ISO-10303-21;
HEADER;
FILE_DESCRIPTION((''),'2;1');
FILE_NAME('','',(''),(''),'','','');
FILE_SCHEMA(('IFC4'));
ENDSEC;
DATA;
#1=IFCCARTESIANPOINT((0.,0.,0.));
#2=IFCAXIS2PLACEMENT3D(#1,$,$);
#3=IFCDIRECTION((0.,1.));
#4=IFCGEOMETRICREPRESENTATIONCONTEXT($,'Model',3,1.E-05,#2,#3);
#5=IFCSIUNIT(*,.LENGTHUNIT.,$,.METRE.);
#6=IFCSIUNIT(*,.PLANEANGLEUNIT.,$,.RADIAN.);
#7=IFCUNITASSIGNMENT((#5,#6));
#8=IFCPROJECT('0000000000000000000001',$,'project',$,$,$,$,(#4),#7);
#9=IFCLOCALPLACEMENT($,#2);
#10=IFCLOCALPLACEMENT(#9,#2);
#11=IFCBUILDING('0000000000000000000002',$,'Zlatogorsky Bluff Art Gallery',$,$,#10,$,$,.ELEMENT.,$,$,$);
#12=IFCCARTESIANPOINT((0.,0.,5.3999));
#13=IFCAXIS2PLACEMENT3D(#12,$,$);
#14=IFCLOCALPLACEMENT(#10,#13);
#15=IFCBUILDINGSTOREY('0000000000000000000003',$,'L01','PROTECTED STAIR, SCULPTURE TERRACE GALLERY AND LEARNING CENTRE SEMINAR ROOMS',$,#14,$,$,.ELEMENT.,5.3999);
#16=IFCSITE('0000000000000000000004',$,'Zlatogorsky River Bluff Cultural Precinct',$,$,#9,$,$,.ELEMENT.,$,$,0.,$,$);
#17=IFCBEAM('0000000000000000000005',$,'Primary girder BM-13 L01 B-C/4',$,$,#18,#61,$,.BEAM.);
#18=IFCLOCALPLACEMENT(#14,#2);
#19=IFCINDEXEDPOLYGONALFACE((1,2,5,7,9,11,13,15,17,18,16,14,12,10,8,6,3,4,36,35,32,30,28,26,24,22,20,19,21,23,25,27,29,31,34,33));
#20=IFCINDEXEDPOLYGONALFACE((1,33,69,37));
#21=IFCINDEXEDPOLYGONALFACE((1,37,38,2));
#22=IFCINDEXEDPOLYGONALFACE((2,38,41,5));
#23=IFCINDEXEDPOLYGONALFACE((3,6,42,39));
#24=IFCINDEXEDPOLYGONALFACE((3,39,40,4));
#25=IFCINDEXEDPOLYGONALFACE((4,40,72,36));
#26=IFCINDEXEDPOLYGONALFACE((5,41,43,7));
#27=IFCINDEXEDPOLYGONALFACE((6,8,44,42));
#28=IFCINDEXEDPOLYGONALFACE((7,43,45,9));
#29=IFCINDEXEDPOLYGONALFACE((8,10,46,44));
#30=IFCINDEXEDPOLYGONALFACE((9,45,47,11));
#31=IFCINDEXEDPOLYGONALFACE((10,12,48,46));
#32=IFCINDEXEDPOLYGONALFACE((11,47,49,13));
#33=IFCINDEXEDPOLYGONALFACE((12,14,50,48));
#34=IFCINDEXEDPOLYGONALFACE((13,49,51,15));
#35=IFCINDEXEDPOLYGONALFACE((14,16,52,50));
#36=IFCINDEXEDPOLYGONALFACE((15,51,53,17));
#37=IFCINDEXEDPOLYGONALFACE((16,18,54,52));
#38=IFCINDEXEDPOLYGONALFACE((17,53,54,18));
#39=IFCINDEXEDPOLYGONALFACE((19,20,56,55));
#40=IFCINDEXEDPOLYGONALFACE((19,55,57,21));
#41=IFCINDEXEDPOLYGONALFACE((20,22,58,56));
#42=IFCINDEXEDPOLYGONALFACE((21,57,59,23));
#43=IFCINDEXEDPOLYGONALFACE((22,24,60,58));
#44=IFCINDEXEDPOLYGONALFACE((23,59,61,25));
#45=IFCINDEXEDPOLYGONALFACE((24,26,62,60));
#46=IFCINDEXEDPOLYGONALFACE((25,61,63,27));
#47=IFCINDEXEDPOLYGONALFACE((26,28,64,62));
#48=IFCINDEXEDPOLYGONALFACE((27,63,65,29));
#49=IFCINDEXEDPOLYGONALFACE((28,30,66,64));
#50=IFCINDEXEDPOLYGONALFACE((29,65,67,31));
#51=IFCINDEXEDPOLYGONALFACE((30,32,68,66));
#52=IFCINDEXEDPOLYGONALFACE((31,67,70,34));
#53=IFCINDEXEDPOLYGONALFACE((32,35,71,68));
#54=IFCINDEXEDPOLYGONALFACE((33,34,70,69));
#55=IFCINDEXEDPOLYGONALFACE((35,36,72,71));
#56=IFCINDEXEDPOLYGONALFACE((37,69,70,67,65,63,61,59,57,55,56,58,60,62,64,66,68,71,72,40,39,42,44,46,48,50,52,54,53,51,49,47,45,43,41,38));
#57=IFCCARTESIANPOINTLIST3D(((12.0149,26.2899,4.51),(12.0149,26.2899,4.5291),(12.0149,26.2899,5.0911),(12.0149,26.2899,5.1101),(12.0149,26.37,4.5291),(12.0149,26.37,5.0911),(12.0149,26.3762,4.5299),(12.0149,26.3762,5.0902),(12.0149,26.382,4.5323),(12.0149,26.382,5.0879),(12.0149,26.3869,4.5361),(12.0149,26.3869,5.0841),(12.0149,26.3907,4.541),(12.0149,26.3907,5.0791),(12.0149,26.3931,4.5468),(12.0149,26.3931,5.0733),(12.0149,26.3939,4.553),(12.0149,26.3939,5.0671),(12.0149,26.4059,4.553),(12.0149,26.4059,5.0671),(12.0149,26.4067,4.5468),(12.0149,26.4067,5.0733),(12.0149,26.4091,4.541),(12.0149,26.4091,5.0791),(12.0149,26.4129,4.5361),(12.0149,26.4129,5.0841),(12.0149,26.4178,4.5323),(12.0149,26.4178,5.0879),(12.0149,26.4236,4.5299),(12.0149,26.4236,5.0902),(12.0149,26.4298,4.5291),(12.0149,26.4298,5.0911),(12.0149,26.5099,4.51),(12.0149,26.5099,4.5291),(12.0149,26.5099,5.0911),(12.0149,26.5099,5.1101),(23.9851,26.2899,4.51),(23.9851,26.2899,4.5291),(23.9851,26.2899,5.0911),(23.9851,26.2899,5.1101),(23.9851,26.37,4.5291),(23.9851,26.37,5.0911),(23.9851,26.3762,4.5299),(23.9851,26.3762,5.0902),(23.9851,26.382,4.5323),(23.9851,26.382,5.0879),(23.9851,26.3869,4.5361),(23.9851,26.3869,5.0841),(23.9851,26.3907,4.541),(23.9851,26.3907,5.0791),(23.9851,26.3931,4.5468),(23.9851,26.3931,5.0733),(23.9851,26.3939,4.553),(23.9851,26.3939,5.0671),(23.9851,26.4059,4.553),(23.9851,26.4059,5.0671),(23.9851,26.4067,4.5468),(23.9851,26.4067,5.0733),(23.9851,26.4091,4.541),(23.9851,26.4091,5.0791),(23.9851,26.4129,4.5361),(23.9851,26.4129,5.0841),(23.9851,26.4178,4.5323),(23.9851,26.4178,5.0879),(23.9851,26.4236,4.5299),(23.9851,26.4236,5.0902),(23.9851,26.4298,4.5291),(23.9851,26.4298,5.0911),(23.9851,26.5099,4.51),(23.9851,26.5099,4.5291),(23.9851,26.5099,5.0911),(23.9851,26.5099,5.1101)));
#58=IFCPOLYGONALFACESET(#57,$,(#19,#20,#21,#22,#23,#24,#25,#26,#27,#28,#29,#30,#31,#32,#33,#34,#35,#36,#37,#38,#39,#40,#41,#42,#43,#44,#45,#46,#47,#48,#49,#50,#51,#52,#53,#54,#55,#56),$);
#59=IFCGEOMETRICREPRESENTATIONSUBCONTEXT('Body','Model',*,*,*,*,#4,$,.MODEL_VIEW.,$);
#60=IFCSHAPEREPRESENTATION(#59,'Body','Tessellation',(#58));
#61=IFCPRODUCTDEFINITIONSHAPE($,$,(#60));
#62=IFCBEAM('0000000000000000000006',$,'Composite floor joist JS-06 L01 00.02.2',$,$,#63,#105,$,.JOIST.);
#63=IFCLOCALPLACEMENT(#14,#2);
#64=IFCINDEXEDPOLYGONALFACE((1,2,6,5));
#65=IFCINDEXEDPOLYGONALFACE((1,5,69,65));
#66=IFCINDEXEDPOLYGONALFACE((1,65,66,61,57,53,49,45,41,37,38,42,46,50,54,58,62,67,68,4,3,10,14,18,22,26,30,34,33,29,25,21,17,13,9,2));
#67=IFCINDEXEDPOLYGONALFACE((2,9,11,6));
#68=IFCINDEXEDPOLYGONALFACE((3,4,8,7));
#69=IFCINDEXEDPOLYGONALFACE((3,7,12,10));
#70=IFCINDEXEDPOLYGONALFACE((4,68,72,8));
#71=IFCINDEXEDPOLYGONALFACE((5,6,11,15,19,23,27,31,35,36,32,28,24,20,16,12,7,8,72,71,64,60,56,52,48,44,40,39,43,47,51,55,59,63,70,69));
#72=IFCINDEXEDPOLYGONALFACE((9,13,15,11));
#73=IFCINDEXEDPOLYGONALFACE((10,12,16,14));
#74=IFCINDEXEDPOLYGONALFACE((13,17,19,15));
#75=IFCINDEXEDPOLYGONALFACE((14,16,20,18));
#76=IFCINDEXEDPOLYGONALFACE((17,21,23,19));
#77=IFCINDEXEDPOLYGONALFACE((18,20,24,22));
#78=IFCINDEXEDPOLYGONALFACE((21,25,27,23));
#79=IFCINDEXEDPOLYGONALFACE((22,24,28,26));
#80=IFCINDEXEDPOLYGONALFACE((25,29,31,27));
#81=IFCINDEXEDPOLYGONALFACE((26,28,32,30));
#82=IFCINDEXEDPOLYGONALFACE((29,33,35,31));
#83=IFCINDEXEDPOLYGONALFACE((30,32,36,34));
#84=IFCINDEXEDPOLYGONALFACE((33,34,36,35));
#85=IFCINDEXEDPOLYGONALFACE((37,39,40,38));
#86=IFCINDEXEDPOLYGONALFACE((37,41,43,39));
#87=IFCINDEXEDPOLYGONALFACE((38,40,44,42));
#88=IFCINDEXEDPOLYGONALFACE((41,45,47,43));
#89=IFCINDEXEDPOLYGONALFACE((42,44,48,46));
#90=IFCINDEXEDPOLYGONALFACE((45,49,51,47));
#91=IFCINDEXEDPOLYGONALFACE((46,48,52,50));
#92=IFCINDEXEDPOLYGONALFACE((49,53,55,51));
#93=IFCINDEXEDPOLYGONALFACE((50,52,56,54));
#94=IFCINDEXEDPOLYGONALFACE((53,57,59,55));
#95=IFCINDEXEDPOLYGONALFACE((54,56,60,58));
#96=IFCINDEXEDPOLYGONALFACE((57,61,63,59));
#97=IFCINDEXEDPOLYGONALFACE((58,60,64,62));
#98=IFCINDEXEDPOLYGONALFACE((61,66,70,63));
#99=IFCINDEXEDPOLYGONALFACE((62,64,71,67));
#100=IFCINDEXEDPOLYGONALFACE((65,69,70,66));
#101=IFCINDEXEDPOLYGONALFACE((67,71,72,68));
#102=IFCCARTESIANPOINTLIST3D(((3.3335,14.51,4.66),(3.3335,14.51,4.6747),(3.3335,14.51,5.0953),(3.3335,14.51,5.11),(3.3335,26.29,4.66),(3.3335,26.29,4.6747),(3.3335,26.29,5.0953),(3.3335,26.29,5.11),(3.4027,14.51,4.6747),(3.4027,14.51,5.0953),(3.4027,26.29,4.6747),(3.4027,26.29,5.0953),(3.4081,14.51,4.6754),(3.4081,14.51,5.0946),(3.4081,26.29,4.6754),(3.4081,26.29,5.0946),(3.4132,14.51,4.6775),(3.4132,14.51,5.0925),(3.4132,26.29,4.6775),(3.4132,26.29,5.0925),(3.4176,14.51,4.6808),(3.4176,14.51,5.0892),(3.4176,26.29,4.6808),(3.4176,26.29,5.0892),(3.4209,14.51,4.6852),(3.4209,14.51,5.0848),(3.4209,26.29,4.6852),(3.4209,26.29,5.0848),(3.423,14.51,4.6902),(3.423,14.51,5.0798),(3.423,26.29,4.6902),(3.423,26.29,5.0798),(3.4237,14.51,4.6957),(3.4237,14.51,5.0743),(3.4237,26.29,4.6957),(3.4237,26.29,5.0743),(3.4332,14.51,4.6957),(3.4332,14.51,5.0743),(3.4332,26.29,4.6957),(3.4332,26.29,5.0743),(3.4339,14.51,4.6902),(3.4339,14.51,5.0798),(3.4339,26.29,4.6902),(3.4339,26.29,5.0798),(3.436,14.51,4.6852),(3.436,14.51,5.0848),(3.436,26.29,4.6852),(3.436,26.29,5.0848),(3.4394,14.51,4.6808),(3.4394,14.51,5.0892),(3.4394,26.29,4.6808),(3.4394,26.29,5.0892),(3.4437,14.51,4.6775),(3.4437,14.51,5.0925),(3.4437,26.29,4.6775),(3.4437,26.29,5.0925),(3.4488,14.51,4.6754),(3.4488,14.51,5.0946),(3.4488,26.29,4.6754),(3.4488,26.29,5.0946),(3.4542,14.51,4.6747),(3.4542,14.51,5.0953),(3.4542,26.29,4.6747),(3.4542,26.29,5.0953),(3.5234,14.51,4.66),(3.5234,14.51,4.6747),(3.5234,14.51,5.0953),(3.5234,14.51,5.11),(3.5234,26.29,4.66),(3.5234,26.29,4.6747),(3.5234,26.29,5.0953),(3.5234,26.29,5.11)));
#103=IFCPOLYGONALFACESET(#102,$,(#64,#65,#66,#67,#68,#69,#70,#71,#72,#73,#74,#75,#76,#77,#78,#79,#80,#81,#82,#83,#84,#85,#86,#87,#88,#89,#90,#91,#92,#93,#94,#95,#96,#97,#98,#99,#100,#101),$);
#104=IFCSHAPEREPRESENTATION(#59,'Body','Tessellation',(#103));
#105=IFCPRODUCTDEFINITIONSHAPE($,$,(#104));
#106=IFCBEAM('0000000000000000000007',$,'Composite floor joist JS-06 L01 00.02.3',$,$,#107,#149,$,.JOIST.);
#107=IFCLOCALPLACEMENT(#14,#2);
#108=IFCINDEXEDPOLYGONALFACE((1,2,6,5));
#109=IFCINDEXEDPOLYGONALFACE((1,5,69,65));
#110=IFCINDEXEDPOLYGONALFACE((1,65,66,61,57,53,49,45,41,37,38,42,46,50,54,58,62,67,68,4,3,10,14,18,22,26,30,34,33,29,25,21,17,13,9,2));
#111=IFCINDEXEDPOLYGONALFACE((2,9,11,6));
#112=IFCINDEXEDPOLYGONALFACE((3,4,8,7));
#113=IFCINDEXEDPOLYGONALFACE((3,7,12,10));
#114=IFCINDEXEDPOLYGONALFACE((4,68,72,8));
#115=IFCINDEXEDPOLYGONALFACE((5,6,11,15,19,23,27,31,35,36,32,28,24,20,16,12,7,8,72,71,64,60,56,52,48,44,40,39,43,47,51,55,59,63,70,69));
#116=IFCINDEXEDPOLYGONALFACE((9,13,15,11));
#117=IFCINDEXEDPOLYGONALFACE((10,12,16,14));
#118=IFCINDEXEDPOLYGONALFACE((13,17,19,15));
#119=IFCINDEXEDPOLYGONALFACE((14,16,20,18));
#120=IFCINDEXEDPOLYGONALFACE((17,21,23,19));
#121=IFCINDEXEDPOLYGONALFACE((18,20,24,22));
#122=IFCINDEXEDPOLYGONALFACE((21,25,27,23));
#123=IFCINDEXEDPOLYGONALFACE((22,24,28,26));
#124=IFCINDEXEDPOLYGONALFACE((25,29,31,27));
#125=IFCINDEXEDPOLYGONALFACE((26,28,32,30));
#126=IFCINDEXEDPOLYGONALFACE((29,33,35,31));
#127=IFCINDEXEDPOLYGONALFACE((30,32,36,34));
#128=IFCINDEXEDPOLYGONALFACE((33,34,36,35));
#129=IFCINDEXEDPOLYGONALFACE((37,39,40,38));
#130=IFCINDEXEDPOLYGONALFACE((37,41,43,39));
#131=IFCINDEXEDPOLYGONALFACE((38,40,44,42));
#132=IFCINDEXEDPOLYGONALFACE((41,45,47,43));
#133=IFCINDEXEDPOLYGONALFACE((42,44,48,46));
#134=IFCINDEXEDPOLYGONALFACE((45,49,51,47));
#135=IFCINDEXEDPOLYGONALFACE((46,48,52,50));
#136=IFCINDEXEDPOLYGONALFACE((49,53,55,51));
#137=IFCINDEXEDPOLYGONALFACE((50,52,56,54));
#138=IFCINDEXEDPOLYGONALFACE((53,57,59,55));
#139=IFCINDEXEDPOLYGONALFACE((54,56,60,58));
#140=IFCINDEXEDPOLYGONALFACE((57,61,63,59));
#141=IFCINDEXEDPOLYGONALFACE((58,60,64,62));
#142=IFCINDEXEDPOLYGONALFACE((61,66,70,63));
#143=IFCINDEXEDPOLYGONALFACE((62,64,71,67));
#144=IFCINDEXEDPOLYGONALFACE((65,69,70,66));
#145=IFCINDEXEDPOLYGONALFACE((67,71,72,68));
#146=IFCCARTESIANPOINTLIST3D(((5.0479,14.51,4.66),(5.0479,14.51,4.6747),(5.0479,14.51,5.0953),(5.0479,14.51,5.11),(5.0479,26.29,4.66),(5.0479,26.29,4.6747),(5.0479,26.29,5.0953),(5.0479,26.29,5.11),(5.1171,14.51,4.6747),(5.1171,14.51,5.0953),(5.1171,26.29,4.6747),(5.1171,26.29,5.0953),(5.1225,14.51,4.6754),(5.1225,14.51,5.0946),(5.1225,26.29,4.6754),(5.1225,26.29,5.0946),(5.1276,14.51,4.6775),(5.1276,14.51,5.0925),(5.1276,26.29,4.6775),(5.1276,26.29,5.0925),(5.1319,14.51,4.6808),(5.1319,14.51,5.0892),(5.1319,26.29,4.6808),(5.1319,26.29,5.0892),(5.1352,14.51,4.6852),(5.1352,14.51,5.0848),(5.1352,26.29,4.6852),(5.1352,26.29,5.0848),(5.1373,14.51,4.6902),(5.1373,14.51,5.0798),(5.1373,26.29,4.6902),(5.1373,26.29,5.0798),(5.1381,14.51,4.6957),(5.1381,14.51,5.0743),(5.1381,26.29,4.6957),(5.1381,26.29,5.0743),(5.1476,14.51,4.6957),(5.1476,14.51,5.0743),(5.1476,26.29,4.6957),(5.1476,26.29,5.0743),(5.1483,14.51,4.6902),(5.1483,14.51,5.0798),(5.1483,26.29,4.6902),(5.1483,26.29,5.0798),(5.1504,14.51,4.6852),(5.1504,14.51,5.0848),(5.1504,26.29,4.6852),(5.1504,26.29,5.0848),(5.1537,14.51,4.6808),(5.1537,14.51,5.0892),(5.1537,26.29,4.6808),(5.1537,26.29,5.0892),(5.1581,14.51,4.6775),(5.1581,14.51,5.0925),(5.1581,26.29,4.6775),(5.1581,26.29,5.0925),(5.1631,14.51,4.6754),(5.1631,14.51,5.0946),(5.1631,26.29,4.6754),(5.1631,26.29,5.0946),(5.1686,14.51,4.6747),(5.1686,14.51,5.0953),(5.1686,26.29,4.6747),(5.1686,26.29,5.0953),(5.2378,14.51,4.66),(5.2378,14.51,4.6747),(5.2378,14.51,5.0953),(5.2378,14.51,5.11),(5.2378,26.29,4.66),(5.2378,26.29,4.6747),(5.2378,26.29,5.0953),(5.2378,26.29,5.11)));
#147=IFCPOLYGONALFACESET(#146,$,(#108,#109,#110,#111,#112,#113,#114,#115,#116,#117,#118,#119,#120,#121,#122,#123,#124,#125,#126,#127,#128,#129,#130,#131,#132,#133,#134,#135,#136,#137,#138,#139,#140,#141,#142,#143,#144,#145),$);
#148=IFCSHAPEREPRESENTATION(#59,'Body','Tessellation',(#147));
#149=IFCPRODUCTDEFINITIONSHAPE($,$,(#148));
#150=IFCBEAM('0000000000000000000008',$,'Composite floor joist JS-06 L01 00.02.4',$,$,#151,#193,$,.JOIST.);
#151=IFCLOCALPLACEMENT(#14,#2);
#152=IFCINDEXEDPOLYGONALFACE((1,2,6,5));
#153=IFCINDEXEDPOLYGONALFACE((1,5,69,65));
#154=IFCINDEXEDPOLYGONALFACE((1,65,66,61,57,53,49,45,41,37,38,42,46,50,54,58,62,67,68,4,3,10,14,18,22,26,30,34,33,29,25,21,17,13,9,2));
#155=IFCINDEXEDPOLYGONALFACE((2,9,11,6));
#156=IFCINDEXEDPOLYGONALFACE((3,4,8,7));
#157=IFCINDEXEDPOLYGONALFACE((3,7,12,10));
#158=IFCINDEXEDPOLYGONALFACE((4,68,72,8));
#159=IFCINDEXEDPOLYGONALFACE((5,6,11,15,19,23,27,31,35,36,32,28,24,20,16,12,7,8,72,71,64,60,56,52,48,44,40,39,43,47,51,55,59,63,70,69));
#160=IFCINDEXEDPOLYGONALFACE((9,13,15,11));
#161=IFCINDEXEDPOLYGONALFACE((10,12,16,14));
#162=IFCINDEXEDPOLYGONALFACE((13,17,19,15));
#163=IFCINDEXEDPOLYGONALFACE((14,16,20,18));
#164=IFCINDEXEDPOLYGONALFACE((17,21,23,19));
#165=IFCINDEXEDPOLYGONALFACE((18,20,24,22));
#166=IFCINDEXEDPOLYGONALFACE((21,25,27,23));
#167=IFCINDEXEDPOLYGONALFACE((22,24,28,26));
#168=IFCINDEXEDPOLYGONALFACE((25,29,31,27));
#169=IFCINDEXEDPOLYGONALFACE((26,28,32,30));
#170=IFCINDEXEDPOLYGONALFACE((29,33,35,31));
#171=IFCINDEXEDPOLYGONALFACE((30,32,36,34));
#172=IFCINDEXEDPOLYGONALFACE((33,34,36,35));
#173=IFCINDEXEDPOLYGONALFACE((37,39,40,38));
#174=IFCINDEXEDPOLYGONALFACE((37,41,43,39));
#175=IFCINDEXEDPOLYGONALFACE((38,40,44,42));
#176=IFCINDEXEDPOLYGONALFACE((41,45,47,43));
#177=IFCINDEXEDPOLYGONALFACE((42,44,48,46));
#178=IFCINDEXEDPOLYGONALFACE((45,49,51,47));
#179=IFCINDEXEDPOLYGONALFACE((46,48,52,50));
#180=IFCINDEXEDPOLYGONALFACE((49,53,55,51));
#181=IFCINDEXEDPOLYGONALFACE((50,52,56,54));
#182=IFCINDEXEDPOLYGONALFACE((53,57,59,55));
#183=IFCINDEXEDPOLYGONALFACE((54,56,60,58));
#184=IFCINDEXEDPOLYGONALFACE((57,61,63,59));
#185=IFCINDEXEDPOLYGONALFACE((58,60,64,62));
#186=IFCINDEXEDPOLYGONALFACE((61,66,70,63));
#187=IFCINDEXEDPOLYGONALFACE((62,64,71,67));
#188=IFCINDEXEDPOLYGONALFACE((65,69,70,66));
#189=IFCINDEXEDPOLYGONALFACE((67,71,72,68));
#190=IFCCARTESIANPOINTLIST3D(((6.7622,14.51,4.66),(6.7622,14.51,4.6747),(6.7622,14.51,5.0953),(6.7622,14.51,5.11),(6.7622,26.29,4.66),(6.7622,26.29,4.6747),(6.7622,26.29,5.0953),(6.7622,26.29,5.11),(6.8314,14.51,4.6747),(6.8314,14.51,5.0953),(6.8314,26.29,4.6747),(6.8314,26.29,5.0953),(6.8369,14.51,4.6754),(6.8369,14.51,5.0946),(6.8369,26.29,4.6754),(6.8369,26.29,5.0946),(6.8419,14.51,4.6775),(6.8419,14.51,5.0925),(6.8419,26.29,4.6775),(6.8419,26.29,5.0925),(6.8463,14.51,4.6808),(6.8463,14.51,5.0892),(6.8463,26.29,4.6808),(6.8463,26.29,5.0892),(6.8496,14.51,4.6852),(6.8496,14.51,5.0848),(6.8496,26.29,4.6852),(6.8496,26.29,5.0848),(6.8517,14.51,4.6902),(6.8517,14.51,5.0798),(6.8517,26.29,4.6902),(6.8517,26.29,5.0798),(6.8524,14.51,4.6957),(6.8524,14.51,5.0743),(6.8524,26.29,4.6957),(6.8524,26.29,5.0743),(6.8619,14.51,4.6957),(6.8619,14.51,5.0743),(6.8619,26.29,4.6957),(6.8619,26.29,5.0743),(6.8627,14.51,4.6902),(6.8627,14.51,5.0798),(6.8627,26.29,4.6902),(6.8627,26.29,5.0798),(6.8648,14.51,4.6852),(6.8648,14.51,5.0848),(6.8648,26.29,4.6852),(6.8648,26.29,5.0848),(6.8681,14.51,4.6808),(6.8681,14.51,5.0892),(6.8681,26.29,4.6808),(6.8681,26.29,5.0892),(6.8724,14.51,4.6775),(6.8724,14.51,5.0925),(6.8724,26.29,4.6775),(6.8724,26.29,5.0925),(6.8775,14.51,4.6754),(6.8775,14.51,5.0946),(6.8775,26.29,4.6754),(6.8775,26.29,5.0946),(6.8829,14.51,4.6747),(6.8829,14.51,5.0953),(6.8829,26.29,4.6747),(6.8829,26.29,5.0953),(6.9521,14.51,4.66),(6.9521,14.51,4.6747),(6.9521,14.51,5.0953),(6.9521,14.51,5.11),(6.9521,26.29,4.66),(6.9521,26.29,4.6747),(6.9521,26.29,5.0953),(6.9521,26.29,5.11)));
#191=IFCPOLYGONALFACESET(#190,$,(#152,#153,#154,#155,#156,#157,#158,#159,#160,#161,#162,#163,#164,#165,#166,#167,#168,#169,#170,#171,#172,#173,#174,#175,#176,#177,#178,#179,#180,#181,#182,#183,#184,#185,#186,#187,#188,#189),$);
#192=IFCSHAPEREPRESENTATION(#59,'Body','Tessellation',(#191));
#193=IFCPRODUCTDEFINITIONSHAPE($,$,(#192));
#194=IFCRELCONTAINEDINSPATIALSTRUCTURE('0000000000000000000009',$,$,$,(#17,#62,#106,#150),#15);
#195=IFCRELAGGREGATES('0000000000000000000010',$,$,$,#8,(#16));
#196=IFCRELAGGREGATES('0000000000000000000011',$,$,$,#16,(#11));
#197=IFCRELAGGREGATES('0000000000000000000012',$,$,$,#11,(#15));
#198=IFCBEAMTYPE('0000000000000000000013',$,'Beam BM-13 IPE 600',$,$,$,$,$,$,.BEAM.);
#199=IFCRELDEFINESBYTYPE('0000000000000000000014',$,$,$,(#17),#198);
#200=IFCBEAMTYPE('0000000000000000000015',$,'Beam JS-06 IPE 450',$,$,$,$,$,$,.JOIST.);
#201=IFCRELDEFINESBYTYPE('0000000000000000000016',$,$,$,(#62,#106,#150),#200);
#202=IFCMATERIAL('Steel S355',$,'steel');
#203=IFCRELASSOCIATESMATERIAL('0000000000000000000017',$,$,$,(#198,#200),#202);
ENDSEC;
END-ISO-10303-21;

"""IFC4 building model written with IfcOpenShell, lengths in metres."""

from ifc_helpers import new_model, si_unit, direction, frame, origin, origin_2d, place, context, subcontext, project, spatial, i_section, extrude, material, material_profile, profile_set, type_object, element, save


model = new_model("IFC4")

# Units and contexts
model_context = context("Model", 3, precision=1e-05, world=origin(), true_north=direction((0.0, 1.0)))
body_context = subcontext(model_context, "Body", "Model", "MODEL_VIEW")
ifc_project = project(units=[si_unit("LENGTHUNIT", "METRE"), si_unit("PLANEANGLEUNIT", "RADIAN")], contexts=[model_context])

# Site, building, storey
site_placement = place(None, origin())
site = spatial("IfcSite", under=ifc_project, at=site_placement, Name="Zlatogorsky River Bluff Cultural Precinct", CompositionType="ELEMENT", RefElevation=0.0)
building_placement = place(site_placement, origin())
building = spatial("IfcBuilding", under=site, at=building_placement, Name="Zlatogorsky Bluff Art Gallery", CompositionType="ELEMENT")
storey_placement = place(building_placement, frame((0.0, 0.0, 5.3999)))
storey = spatial("IfcBuildingStorey", under=building, at=storey_placement, Name="L01", Description="PROTECTED STAIR, SCULPTURE TERRACE GALLERY AND LEARNING CENTRE SEMINAR ROOMS", CompositionType="ELEMENT", Elevation=5.3999)

# Shared definitions
ifc_material_1 = material(Name="Steel S355", Category="steel")

# Beams
ifc_material_profile_1 = material_profile(ifc_material_1, i_section(OverallWidth=0.22, OverallDepth=0.6001, WebThickness=0.012, FlangeThickness=0.019, FilletRadius=0.0239, at=origin_2d()), Name="IPE 600")
ifc_profile_set_1 = profile_set([ifc_material_profile_1], Name="Steel S355")
beam_type_1 = type_object("IfcBeamType", Name="Beam BM-13 IPE 600", PredefinedType="BEAM", material=ifc_profile_set_1)
for number, where, z_axis, x_axis, name in (
    (1, (12.0149, 26.3999, 4.8101), (1.0, 0.0, 0.0), (0.0, 1.0, 0.0), "Primary girder BM-13 L01 B-C/4"),
):
    element("IfcBeam", number, at=place(storey_placement, frame(where, z_axis=z_axis, x_axis=x_axis)), inside=storey, type_object=beam_type_1, Name=name, PredefinedType="BEAM", context=body_context, shape_type="SweptSolid", body=[
        extrude(i_section(OverallWidth=0.22, OverallDepth=0.6001, WebThickness=0.012, FlangeThickness=0.019, FilletRadius=0.0239, at=origin_2d()), origin(), (0.0, 0.0, 1.0), 11.9702),
    ])
ifc_material_profile_2 = material_profile(ifc_material_1, i_section(OverallWidth=0.1899, OverallDepth=0.45, WebThickness=0.0095, FlangeThickness=0.0146, FilletRadius=0.021, at=origin_2d()), Name="IPE 450")
ifc_profile_set_2 = profile_set([ifc_material_profile_2], Name="Steel S355")
beam_type_2 = type_object("IfcBeamType", Name="Beam JS-06 IPE 450", PredefinedType="JOIST", material=ifc_profile_set_2)
for number, where, z_axis, x_axis, name in (
    (2, (3.4285, 14.51, 4.885), (0.0, 1.0, 0.0), (-1.0, 0.0, 0.0), "Composite floor joist JS-06 L01 00.02.2"),
    (3, (5.1428, 14.51, 4.885), (0.0, 1.0, 0.0), (-1.0, 0.0, 0.0), "Composite floor joist JS-06 L01 00.02.3"),
    (4, (6.8572, 14.51, 4.885), (0.0, 1.0, 0.0), (-1.0, 0.0, 0.0), "Composite floor joist JS-06 L01 00.02.4"),
):
    element("IfcBeam", number, at=place(storey_placement, frame(where, z_axis=z_axis, x_axis=x_axis)), inside=storey, type_object=beam_type_2, Name=name, PredefinedType="JOIST", context=body_context, shape_type="SweptSolid", body=[
        extrude(i_section(OverallWidth=0.1899, OverallDepth=0.45, WebThickness=0.0095, FlangeThickness=0.0146, FilletRadius=0.021, at=origin_2d()), origin(), (0.0, 0.0, 1.0), 11.78),
    ])

save(model, "model.ifc")
